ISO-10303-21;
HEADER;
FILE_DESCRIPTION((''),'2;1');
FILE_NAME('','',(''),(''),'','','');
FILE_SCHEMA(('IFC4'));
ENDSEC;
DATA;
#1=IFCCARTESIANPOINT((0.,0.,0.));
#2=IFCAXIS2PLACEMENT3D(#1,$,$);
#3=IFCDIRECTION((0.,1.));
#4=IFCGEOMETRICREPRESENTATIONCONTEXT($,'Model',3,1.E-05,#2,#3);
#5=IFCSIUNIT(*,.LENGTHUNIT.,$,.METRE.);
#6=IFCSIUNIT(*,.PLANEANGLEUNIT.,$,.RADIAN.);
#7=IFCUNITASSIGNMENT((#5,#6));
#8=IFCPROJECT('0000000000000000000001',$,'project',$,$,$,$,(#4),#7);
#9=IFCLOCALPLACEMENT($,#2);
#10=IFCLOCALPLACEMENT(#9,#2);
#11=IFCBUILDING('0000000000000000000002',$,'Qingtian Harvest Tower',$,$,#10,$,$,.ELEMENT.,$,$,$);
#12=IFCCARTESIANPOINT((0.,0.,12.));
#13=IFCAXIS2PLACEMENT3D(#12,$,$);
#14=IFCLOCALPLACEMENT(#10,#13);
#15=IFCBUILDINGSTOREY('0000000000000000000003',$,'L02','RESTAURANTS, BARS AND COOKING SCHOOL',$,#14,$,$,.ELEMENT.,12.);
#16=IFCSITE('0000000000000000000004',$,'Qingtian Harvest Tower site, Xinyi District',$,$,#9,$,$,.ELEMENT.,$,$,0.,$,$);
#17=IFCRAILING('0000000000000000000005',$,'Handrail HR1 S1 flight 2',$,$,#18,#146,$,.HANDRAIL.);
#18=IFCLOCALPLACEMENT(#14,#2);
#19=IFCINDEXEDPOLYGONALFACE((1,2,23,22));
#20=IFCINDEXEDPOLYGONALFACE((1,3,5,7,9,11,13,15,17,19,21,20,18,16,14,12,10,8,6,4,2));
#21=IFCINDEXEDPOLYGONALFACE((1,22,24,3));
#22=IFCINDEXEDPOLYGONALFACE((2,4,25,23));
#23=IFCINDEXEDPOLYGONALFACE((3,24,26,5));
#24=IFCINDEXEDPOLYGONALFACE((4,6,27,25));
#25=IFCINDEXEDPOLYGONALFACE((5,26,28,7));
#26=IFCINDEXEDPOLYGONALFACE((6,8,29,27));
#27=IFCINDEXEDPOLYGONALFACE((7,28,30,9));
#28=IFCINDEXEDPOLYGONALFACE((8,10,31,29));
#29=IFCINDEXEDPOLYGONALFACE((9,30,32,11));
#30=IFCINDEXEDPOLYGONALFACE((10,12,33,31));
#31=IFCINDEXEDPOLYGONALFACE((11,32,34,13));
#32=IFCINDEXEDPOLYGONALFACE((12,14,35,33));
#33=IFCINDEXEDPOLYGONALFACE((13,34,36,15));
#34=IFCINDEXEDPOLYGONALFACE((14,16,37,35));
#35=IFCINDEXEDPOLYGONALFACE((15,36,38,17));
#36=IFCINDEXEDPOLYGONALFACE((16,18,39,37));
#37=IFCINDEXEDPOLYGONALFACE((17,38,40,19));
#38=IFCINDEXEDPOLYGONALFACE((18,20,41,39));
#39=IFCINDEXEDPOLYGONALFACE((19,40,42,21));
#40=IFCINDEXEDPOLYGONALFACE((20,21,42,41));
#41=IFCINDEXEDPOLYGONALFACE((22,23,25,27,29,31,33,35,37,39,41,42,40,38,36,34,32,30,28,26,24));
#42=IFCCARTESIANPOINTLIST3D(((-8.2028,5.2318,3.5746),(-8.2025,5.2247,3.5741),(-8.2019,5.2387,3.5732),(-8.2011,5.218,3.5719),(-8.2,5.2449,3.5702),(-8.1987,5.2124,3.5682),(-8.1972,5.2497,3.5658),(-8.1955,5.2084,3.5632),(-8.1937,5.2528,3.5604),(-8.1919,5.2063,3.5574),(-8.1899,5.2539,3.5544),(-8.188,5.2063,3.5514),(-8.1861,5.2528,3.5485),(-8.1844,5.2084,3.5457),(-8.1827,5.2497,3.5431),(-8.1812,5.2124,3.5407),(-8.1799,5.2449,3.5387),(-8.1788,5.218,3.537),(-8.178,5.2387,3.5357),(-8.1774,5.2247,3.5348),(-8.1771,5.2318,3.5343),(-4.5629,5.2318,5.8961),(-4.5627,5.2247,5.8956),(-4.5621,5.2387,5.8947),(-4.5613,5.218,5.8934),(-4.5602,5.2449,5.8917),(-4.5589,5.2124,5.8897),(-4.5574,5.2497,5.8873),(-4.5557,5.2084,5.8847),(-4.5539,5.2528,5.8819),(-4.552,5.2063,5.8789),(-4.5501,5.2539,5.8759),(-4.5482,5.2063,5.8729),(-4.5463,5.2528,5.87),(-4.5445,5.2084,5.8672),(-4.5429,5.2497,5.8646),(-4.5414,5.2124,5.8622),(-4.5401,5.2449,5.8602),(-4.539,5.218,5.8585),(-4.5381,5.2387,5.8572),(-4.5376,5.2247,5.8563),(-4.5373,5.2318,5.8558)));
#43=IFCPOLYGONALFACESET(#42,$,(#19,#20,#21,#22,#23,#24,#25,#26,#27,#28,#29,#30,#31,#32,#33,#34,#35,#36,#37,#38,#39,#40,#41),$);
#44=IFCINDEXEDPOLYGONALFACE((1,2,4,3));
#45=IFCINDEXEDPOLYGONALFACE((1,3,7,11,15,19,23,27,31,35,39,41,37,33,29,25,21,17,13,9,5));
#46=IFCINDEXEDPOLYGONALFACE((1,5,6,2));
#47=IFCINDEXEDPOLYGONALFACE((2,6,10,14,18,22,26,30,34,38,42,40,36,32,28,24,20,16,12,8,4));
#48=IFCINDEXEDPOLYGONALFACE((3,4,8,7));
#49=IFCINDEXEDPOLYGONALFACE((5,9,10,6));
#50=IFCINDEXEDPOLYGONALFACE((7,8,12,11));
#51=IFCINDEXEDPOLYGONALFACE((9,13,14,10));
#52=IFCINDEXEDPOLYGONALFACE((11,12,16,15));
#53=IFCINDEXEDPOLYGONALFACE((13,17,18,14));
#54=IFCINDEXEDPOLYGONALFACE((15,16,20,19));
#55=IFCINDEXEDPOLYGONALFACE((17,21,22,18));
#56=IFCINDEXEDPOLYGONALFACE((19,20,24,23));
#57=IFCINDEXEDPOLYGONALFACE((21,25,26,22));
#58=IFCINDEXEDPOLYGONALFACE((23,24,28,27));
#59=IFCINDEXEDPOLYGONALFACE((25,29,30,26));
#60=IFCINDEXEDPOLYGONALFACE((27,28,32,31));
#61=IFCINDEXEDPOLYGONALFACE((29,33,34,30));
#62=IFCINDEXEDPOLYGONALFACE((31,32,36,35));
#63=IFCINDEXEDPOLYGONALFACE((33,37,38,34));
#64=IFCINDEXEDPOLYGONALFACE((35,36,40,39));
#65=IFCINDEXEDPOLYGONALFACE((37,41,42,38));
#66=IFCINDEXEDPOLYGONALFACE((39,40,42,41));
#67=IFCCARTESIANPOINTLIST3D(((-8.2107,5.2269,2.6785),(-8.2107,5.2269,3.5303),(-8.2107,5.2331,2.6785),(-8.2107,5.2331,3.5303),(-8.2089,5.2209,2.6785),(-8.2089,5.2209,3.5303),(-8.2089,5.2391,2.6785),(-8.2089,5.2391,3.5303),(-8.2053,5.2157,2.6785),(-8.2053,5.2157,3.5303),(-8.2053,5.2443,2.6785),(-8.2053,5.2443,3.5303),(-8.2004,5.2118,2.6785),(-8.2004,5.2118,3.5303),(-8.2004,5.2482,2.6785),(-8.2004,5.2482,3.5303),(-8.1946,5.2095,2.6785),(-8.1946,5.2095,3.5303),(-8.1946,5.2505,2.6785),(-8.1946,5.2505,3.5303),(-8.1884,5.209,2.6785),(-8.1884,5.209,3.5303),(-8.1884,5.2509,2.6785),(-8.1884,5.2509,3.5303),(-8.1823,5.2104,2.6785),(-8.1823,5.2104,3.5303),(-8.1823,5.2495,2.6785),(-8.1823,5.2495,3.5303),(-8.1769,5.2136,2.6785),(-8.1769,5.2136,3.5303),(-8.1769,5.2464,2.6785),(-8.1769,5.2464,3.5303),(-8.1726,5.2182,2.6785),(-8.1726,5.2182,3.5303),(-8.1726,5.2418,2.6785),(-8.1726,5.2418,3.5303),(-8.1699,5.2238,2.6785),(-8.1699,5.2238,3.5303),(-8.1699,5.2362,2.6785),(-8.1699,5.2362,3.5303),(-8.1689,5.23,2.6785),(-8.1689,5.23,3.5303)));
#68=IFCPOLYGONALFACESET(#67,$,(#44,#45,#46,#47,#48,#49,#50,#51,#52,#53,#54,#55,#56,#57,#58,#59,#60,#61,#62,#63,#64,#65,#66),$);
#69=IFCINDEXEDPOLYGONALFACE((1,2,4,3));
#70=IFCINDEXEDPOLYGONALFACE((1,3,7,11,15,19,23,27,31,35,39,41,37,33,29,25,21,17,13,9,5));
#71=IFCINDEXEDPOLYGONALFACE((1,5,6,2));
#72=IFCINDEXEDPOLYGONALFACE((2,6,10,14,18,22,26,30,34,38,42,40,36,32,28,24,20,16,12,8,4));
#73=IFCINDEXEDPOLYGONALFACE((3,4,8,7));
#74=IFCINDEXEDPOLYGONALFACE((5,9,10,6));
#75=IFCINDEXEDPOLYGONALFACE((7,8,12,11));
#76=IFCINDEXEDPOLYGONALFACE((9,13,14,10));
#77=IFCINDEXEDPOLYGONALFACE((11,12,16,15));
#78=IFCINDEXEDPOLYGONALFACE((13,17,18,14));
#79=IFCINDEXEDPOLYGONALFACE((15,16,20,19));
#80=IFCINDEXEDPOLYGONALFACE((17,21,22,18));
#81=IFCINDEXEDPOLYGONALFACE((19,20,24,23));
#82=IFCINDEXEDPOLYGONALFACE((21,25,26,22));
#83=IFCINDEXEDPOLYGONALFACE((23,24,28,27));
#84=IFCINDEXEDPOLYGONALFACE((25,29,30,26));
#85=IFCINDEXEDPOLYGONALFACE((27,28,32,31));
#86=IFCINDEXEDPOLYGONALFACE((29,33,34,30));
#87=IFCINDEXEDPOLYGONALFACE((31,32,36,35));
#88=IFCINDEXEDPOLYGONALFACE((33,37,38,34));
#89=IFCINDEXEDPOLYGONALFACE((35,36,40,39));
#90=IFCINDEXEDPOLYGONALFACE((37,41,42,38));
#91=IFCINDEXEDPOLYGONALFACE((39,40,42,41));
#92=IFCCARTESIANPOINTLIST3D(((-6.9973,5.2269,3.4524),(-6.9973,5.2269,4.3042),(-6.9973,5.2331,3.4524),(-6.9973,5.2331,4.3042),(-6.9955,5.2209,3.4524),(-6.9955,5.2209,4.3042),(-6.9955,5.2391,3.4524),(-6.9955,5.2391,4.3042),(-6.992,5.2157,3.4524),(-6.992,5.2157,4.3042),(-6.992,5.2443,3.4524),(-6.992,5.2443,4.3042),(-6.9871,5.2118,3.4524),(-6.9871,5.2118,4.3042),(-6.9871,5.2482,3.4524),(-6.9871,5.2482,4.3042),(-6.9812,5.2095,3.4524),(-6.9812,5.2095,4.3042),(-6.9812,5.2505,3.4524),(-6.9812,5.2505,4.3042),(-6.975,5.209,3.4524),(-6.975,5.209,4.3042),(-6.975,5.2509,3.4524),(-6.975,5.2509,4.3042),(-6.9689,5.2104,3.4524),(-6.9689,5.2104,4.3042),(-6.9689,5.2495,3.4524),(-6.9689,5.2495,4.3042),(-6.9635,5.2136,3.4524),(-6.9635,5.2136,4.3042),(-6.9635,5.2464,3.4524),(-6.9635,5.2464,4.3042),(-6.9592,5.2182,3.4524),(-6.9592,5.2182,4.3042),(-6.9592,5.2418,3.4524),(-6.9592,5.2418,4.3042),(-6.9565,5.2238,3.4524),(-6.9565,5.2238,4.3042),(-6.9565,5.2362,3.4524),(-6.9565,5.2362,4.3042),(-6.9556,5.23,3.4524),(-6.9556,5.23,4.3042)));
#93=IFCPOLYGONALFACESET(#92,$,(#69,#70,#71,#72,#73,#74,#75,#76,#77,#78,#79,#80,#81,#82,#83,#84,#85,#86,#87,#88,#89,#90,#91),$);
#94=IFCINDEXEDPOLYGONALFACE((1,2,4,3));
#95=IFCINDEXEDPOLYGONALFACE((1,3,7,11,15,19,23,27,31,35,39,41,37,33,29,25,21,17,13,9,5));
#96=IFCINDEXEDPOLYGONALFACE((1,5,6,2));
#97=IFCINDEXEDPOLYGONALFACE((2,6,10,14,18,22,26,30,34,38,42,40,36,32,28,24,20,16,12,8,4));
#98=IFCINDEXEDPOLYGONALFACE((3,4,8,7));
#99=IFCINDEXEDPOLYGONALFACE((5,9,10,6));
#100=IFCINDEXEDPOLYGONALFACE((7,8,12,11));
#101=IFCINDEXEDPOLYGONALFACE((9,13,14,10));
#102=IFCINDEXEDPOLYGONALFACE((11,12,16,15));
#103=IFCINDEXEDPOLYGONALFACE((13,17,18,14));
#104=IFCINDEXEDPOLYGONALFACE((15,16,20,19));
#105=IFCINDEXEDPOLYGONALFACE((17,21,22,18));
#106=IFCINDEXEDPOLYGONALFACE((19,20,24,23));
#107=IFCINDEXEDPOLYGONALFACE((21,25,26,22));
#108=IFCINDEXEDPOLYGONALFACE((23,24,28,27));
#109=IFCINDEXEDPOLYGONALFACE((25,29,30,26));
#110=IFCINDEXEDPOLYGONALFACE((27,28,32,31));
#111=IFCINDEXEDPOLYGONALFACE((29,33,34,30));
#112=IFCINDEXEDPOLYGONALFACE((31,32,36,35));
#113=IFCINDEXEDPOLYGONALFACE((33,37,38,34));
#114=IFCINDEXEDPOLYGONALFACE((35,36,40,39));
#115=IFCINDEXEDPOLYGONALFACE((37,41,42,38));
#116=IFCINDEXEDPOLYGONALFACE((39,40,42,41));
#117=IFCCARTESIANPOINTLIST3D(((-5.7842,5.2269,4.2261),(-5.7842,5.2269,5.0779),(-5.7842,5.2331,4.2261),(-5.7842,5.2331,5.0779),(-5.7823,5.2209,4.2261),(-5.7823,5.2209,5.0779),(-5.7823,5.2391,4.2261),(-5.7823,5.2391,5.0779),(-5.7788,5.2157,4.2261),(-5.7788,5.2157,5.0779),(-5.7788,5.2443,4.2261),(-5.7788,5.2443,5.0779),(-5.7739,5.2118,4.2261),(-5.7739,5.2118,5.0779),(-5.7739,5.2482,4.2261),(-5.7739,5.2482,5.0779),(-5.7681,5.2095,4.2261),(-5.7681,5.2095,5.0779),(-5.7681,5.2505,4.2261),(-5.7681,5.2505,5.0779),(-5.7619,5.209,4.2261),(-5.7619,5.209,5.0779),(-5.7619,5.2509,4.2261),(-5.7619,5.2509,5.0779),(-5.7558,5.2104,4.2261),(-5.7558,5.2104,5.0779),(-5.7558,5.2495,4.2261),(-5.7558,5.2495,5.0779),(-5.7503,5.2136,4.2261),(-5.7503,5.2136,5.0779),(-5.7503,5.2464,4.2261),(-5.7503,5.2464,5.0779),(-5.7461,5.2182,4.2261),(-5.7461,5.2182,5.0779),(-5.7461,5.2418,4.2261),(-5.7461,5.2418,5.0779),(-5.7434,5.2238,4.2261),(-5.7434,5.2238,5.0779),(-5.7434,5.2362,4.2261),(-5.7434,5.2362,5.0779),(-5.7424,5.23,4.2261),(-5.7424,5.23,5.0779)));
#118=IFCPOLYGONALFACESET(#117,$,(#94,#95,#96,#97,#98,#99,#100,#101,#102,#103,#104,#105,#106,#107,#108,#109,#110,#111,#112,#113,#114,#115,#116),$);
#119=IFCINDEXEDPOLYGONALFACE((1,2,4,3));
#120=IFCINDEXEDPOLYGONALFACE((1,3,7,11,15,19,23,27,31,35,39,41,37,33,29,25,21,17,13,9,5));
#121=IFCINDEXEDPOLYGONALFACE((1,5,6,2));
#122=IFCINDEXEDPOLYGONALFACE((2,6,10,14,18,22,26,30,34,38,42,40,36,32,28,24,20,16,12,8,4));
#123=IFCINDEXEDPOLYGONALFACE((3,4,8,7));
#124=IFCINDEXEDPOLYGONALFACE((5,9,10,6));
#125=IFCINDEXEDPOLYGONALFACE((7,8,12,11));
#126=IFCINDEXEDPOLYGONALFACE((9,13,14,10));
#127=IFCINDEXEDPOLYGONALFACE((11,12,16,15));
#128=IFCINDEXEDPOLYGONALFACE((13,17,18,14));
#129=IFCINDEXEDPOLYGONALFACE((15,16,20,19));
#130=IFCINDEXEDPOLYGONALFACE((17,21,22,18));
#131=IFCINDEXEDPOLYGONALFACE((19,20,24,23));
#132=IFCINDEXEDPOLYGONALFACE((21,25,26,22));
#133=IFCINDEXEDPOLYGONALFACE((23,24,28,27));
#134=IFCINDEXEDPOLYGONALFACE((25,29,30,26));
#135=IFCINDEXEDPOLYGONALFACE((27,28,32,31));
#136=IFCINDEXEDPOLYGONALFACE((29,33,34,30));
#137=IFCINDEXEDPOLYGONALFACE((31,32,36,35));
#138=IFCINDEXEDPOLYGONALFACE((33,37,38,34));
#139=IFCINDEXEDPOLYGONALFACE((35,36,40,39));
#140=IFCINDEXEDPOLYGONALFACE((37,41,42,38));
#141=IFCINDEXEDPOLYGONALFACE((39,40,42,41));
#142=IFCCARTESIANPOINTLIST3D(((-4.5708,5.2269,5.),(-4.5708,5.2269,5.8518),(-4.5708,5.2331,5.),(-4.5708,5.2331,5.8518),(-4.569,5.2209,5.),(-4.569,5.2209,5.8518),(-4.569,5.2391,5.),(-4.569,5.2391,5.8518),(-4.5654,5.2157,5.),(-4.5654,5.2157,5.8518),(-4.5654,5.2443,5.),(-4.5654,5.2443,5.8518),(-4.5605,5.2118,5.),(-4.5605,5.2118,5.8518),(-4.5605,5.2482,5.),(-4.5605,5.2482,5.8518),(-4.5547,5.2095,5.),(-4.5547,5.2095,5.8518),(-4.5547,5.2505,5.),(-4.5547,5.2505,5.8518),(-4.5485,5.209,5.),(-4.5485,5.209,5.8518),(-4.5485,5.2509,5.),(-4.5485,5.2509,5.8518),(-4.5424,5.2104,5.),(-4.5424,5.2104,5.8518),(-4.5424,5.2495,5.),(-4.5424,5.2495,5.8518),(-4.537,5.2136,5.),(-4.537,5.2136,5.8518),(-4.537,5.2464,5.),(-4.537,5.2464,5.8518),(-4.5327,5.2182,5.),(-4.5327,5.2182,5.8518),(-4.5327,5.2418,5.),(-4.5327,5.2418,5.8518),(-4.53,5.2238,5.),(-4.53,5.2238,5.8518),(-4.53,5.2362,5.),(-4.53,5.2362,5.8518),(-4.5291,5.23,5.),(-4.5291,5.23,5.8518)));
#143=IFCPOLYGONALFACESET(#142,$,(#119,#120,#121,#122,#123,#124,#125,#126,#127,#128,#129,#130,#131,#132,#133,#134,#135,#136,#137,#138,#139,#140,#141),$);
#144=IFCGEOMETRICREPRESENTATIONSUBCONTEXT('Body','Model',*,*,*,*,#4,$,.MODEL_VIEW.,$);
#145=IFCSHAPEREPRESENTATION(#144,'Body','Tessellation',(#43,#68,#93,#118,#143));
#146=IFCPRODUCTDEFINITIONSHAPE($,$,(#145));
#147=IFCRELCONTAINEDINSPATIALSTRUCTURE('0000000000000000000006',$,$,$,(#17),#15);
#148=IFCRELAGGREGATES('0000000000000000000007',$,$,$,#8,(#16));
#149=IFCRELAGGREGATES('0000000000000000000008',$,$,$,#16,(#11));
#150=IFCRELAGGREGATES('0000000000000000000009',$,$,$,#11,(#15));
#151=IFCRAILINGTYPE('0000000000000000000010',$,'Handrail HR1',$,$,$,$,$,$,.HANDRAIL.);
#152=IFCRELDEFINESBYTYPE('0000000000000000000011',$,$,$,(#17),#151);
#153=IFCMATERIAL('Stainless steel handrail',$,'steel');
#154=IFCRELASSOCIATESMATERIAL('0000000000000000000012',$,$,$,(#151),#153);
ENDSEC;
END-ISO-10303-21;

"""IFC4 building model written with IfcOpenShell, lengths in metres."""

from ifc_helpers import new_model, si_unit, direction, frame, origin, origin_2d, place, context, subcontext, project, spatial, circle, extrude, material, type_object, element, save


model = new_model("IFC4")

# Units and contexts
model_context = context("Model", 3, precision=1e-05, world=origin(), true_north=direction((0.0, 1.0)))
body_context = subcontext(model_context, "Body", "Model", "MODEL_VIEW")
ifc_project = project(units=[si_unit("LENGTHUNIT", "METRE"), si_unit("PLANEANGLEUNIT", "RADIAN")], contexts=[model_context])

# Site, building, storey
site_placement = place(None, origin())
site = spatial("IfcSite", under=ifc_project, at=site_placement, Name="Qingtian Harvest Tower site, Xinyi District", CompositionType="ELEMENT", RefElevation=0.0)
building_placement = place(site_placement, origin())
building = spatial("IfcBuilding", under=site, at=building_placement, Name="Qingtian Harvest Tower", CompositionType="ELEMENT")
storey_placement = place(building_placement, frame((0.0, 0.0, 12.0)))
storey = spatial("IfcBuildingStorey", under=building, at=storey_placement, Name="L02", Description="RESTAURANTS, BARS AND COOKING SCHOOL", CompositionType="ELEMENT", Elevation=12.0)

# Railing
ifc_material_1 = material(Name="Stainless steel handrail", Category="steel")
railing_type = type_object("IfcRailingType", Name="Handrail HR1", PredefinedType="HANDRAIL", material=ifc_material_1)
railing_1_placement = place(storey_placement, frame((-8.1899, 5.23, 2.6785)))
element("IfcRailing", 1, at=railing_1_placement, inside=storey, type_object=railing_type, Name="Handrail HR1 S1 flight 2", PredefinedType="HANDRAIL", context=body_context, shape_type="SweptSolid", body=[
    extrude(circle(Radius=0.0239, at=origin_2d()), frame((0.0, 0.0, 0.876), z_axis=(0.843112, 0.0, 0.537739), x_axis=(0.0, 1.0, 0.0)), (0.0, 0.0, 1.0), 4.3171),
    extrude(circle(Radius=0.021, at=origin_2d()), origin(), (0.0, 0.0, 1.0), 0.8518),
    extrude(circle(Radius=0.021, at=origin_2d()), frame((1.2134, 0.0, 0.7739)), (0.0, 0.0, 1.0), 0.8518),
    extrude(circle(Radius=0.021, at=origin_2d()), frame((2.4265, 0.0, 1.5476)), (0.0, 0.0, 1.0), 0.8518),
    extrude(circle(Radius=0.021, at=origin_2d()), frame((3.6399, 0.0, 2.3215)), (0.0, 0.0, 1.0), 0.8518),
])

save(model, "model.ifc")
